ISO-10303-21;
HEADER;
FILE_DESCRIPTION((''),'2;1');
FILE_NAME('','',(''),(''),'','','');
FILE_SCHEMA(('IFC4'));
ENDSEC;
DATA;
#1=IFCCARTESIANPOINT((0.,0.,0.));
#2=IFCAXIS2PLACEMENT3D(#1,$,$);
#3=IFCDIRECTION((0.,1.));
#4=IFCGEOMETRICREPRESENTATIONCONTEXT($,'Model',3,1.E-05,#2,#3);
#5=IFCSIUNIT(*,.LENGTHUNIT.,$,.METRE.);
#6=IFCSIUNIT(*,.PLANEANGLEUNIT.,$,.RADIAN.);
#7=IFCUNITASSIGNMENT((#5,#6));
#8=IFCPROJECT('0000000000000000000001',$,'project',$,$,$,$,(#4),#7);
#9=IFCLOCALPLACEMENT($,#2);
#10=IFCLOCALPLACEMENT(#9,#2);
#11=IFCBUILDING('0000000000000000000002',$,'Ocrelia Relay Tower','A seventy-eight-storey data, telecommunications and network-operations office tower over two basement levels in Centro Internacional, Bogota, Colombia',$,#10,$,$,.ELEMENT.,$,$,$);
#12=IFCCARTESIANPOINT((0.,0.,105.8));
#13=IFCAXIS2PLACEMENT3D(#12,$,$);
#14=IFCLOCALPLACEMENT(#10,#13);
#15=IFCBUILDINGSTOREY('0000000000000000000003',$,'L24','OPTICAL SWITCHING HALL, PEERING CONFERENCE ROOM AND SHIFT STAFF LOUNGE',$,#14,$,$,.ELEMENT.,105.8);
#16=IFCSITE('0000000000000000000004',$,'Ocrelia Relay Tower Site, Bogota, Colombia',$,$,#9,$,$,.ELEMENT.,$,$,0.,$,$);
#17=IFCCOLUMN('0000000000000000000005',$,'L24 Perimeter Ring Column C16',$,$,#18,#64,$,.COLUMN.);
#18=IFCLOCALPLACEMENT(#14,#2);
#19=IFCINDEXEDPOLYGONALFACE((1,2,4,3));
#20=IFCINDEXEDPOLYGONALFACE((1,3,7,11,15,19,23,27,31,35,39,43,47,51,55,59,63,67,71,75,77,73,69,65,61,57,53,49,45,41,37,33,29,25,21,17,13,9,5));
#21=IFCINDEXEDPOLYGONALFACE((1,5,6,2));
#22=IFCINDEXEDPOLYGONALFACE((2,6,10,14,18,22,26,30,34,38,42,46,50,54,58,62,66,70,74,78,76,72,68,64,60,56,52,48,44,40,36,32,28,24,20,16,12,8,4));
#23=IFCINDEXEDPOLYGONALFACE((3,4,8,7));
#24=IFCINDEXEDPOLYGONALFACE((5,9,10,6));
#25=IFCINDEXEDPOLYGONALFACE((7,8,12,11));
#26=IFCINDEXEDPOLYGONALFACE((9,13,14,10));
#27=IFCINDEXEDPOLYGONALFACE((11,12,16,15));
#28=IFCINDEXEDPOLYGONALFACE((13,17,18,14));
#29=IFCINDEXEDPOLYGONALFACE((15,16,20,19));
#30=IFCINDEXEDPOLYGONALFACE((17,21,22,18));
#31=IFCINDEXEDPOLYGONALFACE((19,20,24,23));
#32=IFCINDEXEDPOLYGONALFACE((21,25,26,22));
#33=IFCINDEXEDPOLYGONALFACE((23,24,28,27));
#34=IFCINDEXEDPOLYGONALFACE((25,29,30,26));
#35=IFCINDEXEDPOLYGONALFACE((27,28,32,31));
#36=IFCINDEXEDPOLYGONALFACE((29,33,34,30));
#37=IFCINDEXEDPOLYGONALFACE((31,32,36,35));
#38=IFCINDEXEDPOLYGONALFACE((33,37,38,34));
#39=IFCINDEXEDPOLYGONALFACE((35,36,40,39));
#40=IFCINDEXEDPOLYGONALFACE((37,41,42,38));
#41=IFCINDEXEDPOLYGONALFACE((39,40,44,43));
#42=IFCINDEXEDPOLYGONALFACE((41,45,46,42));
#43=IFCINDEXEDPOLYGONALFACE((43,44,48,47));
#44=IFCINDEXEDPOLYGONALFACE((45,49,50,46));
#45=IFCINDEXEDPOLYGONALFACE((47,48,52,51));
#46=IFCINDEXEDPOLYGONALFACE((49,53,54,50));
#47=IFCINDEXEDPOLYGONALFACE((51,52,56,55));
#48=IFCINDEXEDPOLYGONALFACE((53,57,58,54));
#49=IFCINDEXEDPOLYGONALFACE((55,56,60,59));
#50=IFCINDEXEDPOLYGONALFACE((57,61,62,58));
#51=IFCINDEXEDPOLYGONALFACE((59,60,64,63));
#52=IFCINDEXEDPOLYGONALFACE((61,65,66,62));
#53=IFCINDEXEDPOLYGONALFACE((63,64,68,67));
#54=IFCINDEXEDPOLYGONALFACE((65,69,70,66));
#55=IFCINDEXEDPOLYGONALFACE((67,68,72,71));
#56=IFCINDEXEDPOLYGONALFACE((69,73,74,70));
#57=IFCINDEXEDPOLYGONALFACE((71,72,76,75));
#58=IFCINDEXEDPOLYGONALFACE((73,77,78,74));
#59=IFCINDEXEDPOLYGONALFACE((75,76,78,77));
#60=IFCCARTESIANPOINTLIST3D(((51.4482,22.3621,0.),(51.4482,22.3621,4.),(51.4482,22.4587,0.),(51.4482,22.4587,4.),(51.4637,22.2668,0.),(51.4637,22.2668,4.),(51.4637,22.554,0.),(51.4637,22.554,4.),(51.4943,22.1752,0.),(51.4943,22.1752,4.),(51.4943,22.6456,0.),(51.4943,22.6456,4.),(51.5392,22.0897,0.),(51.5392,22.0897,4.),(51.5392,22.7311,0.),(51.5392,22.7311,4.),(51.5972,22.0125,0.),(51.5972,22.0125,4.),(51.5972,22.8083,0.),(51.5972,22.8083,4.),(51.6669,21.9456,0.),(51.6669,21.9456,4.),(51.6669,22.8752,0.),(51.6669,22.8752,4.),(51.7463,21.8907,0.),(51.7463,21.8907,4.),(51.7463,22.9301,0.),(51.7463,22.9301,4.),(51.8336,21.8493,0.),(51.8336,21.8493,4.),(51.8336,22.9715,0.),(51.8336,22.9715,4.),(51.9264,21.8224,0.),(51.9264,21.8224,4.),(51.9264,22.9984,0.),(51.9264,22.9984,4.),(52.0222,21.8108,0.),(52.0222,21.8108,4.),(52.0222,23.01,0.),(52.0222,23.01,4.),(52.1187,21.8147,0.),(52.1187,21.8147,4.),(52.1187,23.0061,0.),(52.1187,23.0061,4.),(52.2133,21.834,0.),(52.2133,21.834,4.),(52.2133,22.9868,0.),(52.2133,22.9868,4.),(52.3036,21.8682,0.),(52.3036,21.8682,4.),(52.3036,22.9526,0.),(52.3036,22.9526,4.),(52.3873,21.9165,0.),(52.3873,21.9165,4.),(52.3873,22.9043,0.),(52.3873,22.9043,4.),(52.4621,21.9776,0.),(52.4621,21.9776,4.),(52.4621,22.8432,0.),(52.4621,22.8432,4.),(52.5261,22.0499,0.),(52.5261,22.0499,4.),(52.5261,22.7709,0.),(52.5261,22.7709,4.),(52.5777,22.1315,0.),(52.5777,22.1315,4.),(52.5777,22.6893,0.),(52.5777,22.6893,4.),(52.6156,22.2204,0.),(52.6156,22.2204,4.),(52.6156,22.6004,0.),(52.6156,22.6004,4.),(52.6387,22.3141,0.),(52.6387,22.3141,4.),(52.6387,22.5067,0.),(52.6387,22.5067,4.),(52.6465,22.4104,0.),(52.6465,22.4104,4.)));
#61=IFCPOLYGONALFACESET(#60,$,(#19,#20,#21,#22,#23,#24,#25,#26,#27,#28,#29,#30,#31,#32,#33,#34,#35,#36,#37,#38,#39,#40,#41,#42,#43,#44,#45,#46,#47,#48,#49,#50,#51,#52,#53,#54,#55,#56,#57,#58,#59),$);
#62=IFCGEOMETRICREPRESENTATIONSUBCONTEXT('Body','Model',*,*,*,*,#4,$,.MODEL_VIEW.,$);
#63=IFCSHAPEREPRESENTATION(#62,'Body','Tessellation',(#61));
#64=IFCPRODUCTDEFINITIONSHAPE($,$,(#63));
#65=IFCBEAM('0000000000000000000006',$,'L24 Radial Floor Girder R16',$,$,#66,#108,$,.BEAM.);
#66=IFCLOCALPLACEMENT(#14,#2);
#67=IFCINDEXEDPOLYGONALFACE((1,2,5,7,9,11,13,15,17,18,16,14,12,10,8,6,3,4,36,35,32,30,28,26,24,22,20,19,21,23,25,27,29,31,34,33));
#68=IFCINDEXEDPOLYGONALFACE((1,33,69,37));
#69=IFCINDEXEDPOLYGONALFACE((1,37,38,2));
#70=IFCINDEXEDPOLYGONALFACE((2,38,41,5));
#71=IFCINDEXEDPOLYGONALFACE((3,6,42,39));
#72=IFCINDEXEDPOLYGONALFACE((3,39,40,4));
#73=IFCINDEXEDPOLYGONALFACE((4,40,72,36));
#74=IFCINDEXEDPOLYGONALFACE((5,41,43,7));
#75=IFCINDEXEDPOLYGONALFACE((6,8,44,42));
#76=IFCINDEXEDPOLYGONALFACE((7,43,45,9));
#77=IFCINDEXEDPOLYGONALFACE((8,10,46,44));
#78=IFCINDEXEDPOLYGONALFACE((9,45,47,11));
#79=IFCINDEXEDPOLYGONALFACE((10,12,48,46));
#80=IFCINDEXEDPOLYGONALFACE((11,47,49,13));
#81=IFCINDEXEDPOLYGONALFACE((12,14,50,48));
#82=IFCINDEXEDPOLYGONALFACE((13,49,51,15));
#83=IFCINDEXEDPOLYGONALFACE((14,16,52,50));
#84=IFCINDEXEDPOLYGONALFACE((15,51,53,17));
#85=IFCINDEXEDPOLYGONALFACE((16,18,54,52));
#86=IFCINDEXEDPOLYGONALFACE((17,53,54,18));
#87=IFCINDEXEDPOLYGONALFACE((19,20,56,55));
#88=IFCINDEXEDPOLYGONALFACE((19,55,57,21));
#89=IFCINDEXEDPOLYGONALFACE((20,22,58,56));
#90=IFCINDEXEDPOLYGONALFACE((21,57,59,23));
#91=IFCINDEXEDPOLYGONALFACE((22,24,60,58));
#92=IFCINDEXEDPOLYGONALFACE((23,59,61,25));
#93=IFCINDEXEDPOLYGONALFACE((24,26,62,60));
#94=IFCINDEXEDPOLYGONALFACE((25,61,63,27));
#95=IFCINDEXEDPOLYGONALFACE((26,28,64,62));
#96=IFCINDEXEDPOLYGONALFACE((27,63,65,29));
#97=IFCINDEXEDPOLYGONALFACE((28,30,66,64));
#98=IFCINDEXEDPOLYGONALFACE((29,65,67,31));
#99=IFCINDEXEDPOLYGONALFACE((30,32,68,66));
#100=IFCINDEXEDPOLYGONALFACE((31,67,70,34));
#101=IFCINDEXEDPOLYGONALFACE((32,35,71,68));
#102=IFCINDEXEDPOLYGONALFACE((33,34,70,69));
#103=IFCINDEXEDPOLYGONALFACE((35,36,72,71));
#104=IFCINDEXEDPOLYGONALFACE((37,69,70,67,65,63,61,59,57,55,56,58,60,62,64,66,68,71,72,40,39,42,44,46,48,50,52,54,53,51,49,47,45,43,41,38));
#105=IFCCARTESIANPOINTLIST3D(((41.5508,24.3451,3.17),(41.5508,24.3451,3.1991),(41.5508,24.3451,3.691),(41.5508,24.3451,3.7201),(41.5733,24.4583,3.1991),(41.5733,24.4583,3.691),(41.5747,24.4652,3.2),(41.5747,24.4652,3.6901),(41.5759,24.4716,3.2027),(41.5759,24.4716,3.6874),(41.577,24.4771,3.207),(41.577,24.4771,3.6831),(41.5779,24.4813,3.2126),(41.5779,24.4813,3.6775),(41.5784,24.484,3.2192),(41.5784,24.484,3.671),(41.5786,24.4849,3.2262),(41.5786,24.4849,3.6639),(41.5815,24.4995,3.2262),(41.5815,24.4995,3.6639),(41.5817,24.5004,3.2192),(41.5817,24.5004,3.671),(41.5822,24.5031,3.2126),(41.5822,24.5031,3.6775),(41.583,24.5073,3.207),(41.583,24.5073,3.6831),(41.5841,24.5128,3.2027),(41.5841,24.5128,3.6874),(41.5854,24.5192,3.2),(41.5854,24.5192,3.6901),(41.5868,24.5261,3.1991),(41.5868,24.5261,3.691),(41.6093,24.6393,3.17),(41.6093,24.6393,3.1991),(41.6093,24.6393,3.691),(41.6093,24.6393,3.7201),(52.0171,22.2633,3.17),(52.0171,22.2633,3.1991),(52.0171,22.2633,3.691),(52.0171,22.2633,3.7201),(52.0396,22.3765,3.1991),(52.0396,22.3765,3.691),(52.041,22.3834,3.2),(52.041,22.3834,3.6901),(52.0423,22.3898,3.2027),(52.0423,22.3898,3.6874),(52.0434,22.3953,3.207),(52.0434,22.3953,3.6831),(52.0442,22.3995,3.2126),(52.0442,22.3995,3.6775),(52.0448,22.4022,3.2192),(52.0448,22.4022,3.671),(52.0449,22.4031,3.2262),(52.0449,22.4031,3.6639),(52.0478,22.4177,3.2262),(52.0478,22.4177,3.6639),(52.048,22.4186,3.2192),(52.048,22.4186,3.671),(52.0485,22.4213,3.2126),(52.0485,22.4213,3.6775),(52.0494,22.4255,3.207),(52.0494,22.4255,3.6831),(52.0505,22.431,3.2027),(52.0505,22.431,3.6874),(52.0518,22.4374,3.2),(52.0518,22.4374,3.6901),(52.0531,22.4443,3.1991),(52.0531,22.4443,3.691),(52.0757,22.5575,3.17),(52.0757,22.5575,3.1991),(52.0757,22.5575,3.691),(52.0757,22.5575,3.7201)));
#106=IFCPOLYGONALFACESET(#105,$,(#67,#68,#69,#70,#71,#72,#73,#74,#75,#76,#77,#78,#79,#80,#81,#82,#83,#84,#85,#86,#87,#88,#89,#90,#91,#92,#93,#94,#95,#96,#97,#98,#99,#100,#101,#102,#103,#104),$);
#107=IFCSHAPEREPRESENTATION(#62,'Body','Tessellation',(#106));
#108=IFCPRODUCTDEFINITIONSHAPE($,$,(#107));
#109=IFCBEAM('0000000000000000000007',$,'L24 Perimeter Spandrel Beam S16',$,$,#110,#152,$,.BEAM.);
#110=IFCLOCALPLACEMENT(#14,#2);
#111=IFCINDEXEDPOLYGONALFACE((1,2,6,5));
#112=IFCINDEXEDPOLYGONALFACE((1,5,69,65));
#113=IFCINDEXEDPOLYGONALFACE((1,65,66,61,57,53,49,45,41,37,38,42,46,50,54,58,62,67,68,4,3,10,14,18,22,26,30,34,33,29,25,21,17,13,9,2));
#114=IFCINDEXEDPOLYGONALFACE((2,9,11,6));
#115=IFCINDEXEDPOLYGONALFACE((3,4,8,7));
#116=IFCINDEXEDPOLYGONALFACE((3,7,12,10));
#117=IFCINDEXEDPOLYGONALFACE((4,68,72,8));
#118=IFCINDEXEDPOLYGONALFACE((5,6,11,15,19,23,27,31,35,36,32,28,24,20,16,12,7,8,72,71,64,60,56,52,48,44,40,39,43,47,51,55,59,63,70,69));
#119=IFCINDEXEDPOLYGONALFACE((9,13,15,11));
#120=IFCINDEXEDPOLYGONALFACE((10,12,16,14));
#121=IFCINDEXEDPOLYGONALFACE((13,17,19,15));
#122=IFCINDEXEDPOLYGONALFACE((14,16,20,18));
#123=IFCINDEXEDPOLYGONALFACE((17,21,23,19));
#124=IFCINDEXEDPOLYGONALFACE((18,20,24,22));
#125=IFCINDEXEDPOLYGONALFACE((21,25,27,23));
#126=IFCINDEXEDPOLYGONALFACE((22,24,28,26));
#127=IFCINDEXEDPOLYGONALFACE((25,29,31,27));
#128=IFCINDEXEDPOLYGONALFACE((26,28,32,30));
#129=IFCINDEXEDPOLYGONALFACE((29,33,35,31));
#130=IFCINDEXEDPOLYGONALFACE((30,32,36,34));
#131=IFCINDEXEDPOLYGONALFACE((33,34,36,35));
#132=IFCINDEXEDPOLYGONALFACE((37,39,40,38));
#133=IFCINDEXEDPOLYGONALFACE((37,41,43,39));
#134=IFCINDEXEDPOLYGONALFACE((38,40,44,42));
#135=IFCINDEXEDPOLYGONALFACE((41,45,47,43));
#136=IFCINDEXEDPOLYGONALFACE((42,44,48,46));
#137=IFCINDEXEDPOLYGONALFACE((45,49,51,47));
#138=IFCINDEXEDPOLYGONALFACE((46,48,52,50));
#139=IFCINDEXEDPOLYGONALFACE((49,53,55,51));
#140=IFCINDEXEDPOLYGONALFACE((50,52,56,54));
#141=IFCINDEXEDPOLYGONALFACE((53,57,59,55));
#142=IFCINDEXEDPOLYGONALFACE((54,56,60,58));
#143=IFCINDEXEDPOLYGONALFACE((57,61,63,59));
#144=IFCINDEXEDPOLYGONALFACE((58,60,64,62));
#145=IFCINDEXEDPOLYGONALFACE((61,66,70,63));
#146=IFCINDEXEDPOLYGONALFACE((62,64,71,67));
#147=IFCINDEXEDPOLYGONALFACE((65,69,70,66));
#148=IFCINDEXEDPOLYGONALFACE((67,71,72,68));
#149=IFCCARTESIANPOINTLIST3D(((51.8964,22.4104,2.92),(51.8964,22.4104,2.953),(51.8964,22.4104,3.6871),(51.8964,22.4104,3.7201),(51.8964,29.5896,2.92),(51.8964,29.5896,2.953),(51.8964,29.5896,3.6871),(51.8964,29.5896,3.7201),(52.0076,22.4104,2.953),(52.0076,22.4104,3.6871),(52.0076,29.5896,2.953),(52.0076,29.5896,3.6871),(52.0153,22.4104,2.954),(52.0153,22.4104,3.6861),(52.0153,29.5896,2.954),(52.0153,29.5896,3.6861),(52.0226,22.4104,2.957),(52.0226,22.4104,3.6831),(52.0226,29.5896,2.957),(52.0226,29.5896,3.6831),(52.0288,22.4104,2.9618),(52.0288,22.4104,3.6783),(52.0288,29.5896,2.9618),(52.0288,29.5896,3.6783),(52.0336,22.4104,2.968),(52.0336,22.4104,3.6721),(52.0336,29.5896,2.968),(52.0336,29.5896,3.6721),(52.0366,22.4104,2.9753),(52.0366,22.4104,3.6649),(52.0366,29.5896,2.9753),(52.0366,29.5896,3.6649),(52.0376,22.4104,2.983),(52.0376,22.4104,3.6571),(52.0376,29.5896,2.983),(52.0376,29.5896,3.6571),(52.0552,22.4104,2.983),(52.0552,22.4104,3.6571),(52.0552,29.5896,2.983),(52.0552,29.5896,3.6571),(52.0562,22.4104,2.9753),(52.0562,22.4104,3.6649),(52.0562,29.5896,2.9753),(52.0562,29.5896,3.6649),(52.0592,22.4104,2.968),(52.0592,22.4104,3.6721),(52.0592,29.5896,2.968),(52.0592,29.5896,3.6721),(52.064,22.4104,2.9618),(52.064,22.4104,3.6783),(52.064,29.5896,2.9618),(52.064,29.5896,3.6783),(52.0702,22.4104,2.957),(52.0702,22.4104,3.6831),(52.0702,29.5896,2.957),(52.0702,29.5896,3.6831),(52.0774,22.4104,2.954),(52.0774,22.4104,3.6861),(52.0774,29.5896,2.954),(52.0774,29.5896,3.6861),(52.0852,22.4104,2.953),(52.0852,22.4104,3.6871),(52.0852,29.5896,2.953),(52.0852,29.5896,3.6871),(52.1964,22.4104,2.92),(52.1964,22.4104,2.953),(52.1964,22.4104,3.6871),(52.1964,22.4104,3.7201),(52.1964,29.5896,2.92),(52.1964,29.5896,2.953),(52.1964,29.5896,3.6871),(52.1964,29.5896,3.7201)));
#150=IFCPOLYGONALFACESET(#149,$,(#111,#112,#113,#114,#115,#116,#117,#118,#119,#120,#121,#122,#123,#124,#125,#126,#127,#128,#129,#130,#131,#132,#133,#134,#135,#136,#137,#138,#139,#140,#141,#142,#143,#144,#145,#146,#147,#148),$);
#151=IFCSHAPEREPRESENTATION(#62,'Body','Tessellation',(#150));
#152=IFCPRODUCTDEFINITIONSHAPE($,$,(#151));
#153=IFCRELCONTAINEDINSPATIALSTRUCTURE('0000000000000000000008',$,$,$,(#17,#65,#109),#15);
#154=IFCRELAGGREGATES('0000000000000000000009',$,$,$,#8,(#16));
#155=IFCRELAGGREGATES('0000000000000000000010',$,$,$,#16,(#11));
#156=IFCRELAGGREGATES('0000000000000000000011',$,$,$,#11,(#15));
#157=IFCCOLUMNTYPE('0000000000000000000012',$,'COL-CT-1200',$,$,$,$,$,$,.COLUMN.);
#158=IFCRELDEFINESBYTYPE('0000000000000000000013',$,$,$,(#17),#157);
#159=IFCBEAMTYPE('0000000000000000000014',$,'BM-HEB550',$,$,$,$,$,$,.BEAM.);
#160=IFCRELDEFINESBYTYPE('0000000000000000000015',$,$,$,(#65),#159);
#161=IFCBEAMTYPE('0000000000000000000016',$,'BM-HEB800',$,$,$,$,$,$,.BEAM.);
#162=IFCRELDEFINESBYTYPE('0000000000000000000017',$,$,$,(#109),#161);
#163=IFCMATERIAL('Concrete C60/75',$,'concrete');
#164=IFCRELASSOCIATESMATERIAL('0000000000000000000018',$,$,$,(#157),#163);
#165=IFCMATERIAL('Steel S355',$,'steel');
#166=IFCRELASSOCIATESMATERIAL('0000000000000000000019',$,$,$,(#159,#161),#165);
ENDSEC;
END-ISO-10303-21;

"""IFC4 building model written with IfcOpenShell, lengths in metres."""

from ifc_helpers import new_model, si_unit, direction, frame, origin, origin_2d, place, context, subcontext, project, spatial, circle, i_section, extrude, material, material_profile, profile_set, type_object, element, save


model = new_model("IFC4")

# Units and contexts
model_context = context("Model", 3, precision=1e-05, world=origin(), true_north=direction((0.0, 1.0)))
body_context = subcontext(model_context, "Body", "Model", "MODEL_VIEW")
ifc_project = project(units=[si_unit("LENGTHUNIT", "METRE"), si_unit("PLANEANGLEUNIT", "RADIAN")], contexts=[model_context])

# Site, building, storey
site_placement = place(None, origin())
site = spatial("IfcSite", under=ifc_project, at=site_placement, Name="Ocrelia Relay Tower Site, Bogota, Colombia", CompositionType="ELEMENT", RefElevation=0.0)
building_placement = place(site_placement, origin())
building = spatial("IfcBuilding", under=site, at=building_placement, Name="Ocrelia Relay Tower", Description="A seventy-eight-storey data, telecommunications and network-operations office tower over two basement levels in Centro Internacional, Bogota, Colombia", CompositionType="ELEMENT")
storey_placement = place(building_placement, frame((0.0, 0.0, 105.8)))
storey = spatial("IfcBuildingStorey", under=building, at=storey_placement, Name="L24", Description="OPTICAL SWITCHING HALL, PEERING CONFERENCE ROOM AND SHIFT STAFF LOUNGE", CompositionType="ELEMENT", Elevation=105.8)

# Column
ifc_material_1 = material(Name="Concrete C60/75", Category="concrete")
ifc_material_profile_1 = material_profile(ifc_material_1, circle(Radius=0.6001, at=origin_2d()), Name="RC-CIR-1200")
ifc_profile_set_1 = profile_set([ifc_material_profile_1], Name="Concrete C60/75")
column_type = type_object("IfcColumnType", Name="COL-CT-1200", PredefinedType="COLUMN", material=ifc_profile_set_1)
column_placement = place(storey_placement, frame((52.0464, 22.4104, 0.0), z_axis=(0.0, 0.0, 1.0), x_axis=(1.0, 0.0, 0.0)))
element("IfcColumn", 1, at=column_placement, inside=storey, type_object=column_type, Name="L24 Perimeter Ring Column C16", PredefinedType="COLUMN", context=body_context, shape_type="SweptSolid", body=[
    extrude(circle(Radius=0.6001, at=origin_2d()), origin(), (0.0, 0.0, 1.0), 4.0),
])

# Beams
ifc_material_2 = material(Name="Steel S355", Category="steel")
ifc_material_profile_2 = material_profile(ifc_material_2, i_section(OverallWidth=0.3, OverallDepth=0.55, WebThickness=0.0149, FlangeThickness=0.0291, FilletRadius=0.0271, at=origin_2d()), Name="HEB 550")
ifc_profile_set_2 = profile_set([ifc_material_profile_2], Name="Steel S355")
beam_type_1 = type_object("IfcBeamType", Name="BM-HEB550", PredefinedType="BEAM", material=ifc_profile_set_2)
beam_1_placement = place(storey_placement, frame((52.0464, 22.4104, 3.4451), z_axis=(-0.980787, 0.195082, 0.0), x_axis=(-0.195082, -0.980787, 0.0)))
element("IfcBeam", 2, at=beam_1_placement, inside=storey, type_object=beam_type_1, Name="L24 Radial Floor Girder R16", PredefinedType="BEAM", context=body_context, shape_type="SweptSolid", body=[
    extrude(i_section(OverallWidth=0.3, OverallDepth=0.55, WebThickness=0.0149, FlangeThickness=0.0291, FilletRadius=0.0271, at=origin_2d()), origin(), (0.0, 0.0, 1.0), 10.6714),
])
ifc_material_profile_3 = material_profile(ifc_material_2, i_section(OverallWidth=0.3, OverallDepth=0.8, WebThickness=0.0176, FlangeThickness=0.033, FilletRadius=0.03, at=origin_2d()), Name="HEB 800")
ifc_profile_set_3 = profile_set([ifc_material_profile_3], Name="Steel S355")
beam_type_2 = type_object("IfcBeamType", Name="BM-HEB800", PredefinedType="BEAM", material=ifc_profile_set_3)
beam_2_placement = place(storey_placement, frame((52.0464, 22.4104, 3.3201), z_axis=(0.0, 1.0, 0.0), x_axis=(-1.0, 0.0, 0.0)))
element("IfcBeam", 3, at=beam_2_placement, inside=storey, type_object=beam_type_2, Name="L24 Perimeter Spandrel Beam S16", PredefinedType="BEAM", context=body_context, shape_type="SweptSolid", body=[
    extrude(i_section(OverallWidth=0.3, OverallDepth=0.8, WebThickness=0.0176, FlangeThickness=0.033, FilletRadius=0.03, at=origin_2d()), origin(), (0.0, 0.0, 1.0), 7.1792),
])

save(model, "model.ifc")
